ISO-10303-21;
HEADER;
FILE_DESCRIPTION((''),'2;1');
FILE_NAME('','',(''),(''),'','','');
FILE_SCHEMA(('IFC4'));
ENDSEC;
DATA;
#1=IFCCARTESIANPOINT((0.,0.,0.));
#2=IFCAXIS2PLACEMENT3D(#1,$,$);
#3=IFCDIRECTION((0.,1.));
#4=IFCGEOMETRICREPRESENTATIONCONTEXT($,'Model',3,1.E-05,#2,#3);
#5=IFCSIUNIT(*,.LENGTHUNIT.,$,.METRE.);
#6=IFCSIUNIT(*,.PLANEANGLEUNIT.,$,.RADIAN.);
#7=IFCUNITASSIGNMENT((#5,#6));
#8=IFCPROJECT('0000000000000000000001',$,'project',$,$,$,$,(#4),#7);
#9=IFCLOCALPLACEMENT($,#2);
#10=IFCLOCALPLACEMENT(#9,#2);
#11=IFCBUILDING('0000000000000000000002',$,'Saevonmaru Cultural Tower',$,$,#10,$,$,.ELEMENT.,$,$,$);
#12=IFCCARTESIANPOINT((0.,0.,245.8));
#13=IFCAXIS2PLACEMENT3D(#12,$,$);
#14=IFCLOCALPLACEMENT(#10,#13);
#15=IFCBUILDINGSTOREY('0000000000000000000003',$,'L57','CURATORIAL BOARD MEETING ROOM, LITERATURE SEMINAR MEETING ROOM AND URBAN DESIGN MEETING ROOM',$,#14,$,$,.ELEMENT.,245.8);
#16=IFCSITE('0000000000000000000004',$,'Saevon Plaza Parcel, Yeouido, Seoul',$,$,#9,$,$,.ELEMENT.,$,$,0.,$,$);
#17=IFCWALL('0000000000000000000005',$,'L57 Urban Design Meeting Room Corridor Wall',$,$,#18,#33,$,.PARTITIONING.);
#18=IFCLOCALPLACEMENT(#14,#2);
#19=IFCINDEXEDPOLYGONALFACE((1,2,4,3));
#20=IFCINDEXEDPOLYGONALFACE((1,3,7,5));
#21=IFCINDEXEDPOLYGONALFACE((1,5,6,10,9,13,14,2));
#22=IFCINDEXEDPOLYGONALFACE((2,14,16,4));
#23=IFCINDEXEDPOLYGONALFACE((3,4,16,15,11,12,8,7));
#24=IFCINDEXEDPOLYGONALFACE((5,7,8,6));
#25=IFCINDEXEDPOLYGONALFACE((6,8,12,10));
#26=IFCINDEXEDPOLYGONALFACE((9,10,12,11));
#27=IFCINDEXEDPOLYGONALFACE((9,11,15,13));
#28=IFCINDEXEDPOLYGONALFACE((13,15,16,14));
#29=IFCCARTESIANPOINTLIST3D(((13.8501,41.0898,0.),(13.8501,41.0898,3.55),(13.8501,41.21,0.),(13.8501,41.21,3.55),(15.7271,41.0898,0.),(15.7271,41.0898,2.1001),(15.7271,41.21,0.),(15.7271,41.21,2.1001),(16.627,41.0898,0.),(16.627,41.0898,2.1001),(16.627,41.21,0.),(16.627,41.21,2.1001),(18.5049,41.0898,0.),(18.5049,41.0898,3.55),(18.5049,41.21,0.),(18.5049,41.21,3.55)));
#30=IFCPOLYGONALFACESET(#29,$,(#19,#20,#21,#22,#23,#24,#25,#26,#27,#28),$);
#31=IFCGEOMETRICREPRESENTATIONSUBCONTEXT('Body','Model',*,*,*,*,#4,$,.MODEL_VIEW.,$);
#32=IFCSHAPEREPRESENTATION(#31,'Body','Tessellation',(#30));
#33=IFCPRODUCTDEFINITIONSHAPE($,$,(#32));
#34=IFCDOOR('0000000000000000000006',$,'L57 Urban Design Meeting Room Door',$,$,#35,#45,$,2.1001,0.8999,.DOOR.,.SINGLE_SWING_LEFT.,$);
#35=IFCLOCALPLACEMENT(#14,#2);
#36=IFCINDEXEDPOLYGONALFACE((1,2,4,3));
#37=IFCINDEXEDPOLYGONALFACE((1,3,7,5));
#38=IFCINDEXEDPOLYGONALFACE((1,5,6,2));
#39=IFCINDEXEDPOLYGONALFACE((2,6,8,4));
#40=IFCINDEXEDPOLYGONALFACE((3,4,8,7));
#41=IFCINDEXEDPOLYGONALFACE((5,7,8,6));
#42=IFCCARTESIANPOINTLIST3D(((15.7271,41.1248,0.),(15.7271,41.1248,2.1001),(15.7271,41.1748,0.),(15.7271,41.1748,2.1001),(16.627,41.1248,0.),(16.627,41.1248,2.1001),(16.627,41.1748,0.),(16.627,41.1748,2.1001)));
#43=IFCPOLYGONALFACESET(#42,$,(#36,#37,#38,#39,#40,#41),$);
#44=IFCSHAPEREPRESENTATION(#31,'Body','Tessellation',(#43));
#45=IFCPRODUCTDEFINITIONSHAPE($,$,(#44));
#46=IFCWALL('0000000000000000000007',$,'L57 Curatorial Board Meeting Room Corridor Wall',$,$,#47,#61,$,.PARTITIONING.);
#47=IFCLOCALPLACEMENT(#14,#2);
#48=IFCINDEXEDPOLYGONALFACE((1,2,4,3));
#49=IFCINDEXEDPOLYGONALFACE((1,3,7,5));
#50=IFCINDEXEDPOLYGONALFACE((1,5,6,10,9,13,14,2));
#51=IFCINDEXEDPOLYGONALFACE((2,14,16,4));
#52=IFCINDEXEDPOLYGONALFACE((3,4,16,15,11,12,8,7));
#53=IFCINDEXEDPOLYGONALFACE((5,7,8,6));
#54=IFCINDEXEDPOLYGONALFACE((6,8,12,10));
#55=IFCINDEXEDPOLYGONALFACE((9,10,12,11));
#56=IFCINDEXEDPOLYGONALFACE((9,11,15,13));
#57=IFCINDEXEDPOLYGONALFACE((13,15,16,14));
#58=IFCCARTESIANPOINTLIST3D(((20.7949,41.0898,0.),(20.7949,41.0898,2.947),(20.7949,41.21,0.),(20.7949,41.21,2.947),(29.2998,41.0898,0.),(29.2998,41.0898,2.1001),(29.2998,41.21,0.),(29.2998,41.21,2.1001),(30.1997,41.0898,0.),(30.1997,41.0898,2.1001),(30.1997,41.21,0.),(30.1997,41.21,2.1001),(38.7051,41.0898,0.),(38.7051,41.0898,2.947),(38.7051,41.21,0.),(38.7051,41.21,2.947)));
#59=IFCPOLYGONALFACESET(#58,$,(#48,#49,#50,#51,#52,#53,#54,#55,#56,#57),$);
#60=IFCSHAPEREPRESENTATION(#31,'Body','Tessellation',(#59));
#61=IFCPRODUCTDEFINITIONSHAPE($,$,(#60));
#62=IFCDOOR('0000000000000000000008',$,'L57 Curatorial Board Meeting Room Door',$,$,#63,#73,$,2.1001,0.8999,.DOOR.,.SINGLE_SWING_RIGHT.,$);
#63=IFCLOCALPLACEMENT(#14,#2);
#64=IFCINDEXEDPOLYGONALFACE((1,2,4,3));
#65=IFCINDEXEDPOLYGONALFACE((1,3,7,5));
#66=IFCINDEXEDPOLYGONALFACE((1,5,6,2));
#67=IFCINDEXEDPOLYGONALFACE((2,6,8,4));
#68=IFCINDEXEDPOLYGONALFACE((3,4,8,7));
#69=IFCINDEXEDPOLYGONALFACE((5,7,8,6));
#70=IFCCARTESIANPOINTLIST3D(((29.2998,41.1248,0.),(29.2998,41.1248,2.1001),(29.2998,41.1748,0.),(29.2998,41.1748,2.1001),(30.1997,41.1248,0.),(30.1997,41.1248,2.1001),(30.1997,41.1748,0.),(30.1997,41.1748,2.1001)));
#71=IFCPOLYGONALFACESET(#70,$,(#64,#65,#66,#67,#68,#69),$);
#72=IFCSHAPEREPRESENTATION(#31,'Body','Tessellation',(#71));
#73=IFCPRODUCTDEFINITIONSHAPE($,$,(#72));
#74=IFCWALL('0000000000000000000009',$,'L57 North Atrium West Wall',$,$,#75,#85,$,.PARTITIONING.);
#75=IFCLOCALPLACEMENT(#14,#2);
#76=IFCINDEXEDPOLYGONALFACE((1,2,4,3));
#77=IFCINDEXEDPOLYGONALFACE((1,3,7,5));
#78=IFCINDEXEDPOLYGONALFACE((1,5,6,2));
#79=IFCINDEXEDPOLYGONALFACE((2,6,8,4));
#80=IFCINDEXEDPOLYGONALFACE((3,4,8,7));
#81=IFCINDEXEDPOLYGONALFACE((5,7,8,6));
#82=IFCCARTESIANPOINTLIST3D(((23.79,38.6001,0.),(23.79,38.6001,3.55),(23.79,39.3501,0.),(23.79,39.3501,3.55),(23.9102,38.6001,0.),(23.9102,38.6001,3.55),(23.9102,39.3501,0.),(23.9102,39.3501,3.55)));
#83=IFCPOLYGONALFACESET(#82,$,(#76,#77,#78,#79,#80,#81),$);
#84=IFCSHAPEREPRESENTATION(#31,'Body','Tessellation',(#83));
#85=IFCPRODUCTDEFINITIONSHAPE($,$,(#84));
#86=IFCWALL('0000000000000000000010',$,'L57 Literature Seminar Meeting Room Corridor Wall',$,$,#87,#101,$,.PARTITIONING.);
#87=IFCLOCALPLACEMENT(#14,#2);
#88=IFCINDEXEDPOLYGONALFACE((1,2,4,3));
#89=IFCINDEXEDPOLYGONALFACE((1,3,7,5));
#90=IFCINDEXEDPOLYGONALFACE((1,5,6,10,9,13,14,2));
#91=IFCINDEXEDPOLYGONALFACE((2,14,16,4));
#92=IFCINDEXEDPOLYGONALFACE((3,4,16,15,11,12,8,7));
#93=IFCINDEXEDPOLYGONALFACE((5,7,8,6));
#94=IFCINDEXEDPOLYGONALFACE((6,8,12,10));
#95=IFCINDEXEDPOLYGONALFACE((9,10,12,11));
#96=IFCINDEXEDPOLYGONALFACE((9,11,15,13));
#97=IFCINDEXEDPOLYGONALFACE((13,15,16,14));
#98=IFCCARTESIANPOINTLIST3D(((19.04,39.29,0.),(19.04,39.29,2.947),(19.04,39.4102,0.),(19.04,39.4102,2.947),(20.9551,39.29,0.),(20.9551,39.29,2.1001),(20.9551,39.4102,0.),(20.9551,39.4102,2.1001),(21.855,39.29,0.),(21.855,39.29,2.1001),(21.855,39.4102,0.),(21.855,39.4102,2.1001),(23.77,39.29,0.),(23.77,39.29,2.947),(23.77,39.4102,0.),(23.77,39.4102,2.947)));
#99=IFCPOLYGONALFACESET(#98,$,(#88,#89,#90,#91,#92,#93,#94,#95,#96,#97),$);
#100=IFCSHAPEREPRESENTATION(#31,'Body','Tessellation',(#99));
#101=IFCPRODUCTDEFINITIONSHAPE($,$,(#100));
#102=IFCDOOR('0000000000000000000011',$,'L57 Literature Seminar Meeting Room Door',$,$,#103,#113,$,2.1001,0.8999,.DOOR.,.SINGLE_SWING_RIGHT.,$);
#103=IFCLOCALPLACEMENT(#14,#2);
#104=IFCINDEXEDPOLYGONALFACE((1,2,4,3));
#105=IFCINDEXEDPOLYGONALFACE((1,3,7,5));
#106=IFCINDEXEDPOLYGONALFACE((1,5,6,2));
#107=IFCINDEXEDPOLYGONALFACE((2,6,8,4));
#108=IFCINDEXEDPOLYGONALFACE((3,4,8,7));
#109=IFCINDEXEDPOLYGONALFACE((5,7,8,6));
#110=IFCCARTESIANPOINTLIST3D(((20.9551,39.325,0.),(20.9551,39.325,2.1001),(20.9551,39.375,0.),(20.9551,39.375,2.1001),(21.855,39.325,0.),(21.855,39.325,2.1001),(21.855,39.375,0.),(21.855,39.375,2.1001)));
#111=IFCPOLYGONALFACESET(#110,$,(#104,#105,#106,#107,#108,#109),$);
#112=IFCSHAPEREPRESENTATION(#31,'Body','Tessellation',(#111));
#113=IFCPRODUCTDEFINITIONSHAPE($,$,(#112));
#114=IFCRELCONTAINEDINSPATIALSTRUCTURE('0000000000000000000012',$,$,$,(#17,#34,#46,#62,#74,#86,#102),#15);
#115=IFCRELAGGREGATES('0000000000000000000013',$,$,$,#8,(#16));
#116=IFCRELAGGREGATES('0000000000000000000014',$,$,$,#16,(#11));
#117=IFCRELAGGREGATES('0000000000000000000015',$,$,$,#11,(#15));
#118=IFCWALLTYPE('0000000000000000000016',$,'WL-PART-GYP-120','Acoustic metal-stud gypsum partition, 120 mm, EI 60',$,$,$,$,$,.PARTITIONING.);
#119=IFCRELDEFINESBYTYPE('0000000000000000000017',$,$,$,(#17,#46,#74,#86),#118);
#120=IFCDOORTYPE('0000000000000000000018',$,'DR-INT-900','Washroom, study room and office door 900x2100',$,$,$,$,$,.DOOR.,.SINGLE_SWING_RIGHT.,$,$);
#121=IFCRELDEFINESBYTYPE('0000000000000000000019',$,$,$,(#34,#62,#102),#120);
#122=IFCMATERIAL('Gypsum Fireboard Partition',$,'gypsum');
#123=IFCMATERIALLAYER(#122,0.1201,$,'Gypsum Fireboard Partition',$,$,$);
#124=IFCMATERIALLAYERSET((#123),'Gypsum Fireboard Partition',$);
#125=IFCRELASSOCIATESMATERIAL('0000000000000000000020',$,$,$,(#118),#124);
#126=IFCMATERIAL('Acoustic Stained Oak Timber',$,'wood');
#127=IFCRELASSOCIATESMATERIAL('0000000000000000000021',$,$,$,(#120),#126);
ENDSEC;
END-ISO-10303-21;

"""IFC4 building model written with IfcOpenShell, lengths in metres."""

from ifc_helpers import new_model, si_unit, direction, frame, frame_2d, origin, place, context, subcontext, project, spatial, rectangle, extrude, material, layer, layer_set, type_object, element, fill, save


model = new_model("IFC4")

# Units and contexts
model_context = context("Model", 3, precision=1e-05, world=origin(), true_north=direction((0.0, 1.0)))
body_context = subcontext(model_context, "Body", "Model", "MODEL_VIEW")
ifc_project = project(units=[si_unit("LENGTHUNIT", "METRE"), si_unit("PLANEANGLEUNIT", "RADIAN")], contexts=[model_context])

# Site, building, storey
site_placement = place(None, origin())
site = spatial("IfcSite", under=ifc_project, at=site_placement, Name="Saevon Plaza Parcel, Yeouido, Seoul", CompositionType="ELEMENT", RefElevation=0.0)
building_placement = place(site_placement, origin())
building = spatial("IfcBuilding", under=site, at=building_placement, Name="Saevonmaru Cultural Tower", CompositionType="ELEMENT")
storey_placement = place(building_placement, frame((0.0, 0.0, 245.8)))
storey = spatial("IfcBuildingStorey", under=building, at=storey_placement, Name="L57", Description="CURATORIAL BOARD MEETING ROOM, LITERATURE SEMINAR MEETING ROOM AND URBAN DESIGN MEETING ROOM", CompositionType="ELEMENT", Elevation=245.8)

# Shared definitions
ifc_material_1 = material(Name="Gypsum Fireboard Partition", Category="gypsum")

# Walls, openings, doors
ifc_layer_1 = layer(ifc_material_1, 0.1201, Name="Gypsum Fireboard Partition")
ifc_layer_set_1 = layer_set([ifc_layer_1], Name="Gypsum Fireboard Partition")
wall_type_1 = type_object("IfcWallType", Name="WL-PART-GYP-120", Description="Acoustic metal-stud gypsum partition, 120 mm, EI 60", PredefinedType="PARTITIONING", material=ifc_layer_set_1)
wall_1_placement = place(storey_placement, frame((13.8501, 41.1499, 0.0), z_axis=(0.0, 0.0, 1.0), x_axis=(1.0, 0.0, 0.0)))
wall_1 = element("IfcWall", 1, at=wall_1_placement, inside=storey, type_object=wall_type_1, Name="L57 Urban Design Meeting Room Corridor Wall", PredefinedType="PARTITIONING", context=body_context, shape_type="SweptSolid", body=[
    extrude(rectangle(XDim=4.6548, YDim=0.1201, at=frame_2d((2.3274, 0.0))), origin(), (0.0, 0.0, 1.0), 3.55),
])
opening_1_placement = place(wall_1_placement, frame((1.877, 0.0, 0.0)))
opening_1 = element("IfcOpeningElement", 2, at=opening_1_placement, cuts=wall_1, PredefinedType="OPENING", context=body_context, shape_type="SweptSolid", body=[
    extrude(rectangle(XDim=0.8999, YDim=2.1001, at=frame_2d((0.45, 1.05))), frame((0.0, 0.0701, 0.0), z_axis=(0.0, -1.0, 0.0), x_axis=(1.0, 0.0, 0.0)), (0.0, 0.0, 1.0), 0.1401),
])
ifc_material_2 = material(Name="Acoustic Stained Oak Timber", Category="wood")
door_type = type_object("IfcDoorType", Name="DR-INT-900", Description="Washroom, study room and office door 900x2100", OperationType="SINGLE_SWING_RIGHT", PredefinedType="DOOR", material=ifc_material_2)
door_1_placement = place(opening_1_placement, origin())
door_1 = element("IfcDoor", 3, at=door_1_placement, inside=storey, type_object=door_type, Name="L57 Urban Design Meeting Room Door", OperationType="SINGLE_SWING_LEFT", OverallHeight=2.1001, OverallWidth=0.8999, PredefinedType="DOOR", context=body_context, shape_type="SweptSolid", body=[
    extrude(rectangle(XDim=0.8999, YDim=2.1001, at=frame_2d((0.45, 1.05))), frame((0.0, 0.0249, 0.0), z_axis=(0.0, -1.0, 0.0), x_axis=(1.0, 0.0, 0.0)), (0.0, 0.0, 1.0), 0.05),
])
fill(opening_1, door_1)
wall_2_placement = place(storey_placement, frame((20.7949, 41.1499, 0.0), z_axis=(0.0, 0.0, 1.0), x_axis=(1.0, 0.0, 0.0)))
wall_2 = element("IfcWall", 4, at=wall_2_placement, inside=storey, type_object=wall_type_1, Name="L57 Curatorial Board Meeting Room Corridor Wall", PredefinedType="PARTITIONING", context=body_context, shape_type="SweptSolid", body=[
    extrude(rectangle(XDim=17.9102, YDim=0.1201, at=frame_2d((8.9551, 0.0))), origin(), (0.0, 0.0, 1.0), 2.947),
])
opening_2_placement = place(wall_2_placement, frame((8.5049, 0.0, 0.0)))
opening_2 = element("IfcOpeningElement", 5, at=opening_2_placement, cuts=wall_2, PredefinedType="OPENING", context=body_context, shape_type="SweptSolid", body=[
    extrude(rectangle(XDim=0.8999, YDim=2.1001, at=frame_2d((0.45, 1.05))), frame((0.0, 0.0701, 0.0), z_axis=(0.0, -1.0, 0.0), x_axis=(1.0, 0.0, 0.0)), (0.0, 0.0, 1.0), 0.1401),
])
door_2_placement = place(opening_2_placement, origin())
door_2 = element("IfcDoor", 6, at=door_2_placement, inside=storey, type_object=door_type, Name="L57 Curatorial Board Meeting Room Door", OperationType="SINGLE_SWING_RIGHT", OverallHeight=2.1001, OverallWidth=0.8999, PredefinedType="DOOR", context=body_context, shape_type="SweptSolid", body=[
    extrude(rectangle(XDim=0.8999, YDim=2.1001, at=frame_2d((0.45, 1.05))), frame((0.0, 0.0249, 0.0), z_axis=(0.0, -1.0, 0.0), x_axis=(1.0, 0.0, 0.0)), (0.0, 0.0, 1.0), 0.05),
])
fill(opening_2, door_2)

# Wall
wall_3_placement = place(storey_placement, frame((23.8501, 38.6001, 0.0), z_axis=(0.0, 0.0, 1.0), x_axis=(0.0, 1.0, 0.0)))
element("IfcWall", 7, at=wall_3_placement, inside=storey, type_object=wall_type_1, Name="L57 North Atrium West Wall", PredefinedType="PARTITIONING", context=body_context, shape_type="SweptSolid", body=[
    extrude(rectangle(XDim=0.75, YDim=0.1201, at=frame_2d((0.375, 0.0))), origin(), (0.0, 0.0, 1.0), 3.55),
])

# Wall, opening, door
wall_4_placement = place(storey_placement, frame((19.04, 39.3501, 0.0), z_axis=(0.0, 0.0, 1.0), x_axis=(1.0, 0.0, 0.0)))
wall_4 = element("IfcWall", 8, at=wall_4_placement, inside=storey, type_object=wall_type_1, Name="L57 Literature Seminar Meeting Room Corridor Wall", PredefinedType="PARTITIONING", context=body_context, shape_type="SweptSolid", body=[
    extrude(rectangle(XDim=4.73, YDim=0.1201, at=frame_2d((2.365, 0.0))), origin(), (0.0, 0.0, 1.0), 2.947),
])
opening_3_placement = place(wall_4_placement, frame((1.915, 0.0, 0.0)))
opening_3 = element("IfcOpeningElement", 9, at=opening_3_placement, cuts=wall_4, PredefinedType="OPENING", context=body_context, shape_type="SweptSolid", body=[
    extrude(rectangle(XDim=0.8999, YDim=2.1001, at=frame_2d((0.45, 1.05))), frame((0.0, 0.0701, 0.0), z_axis=(0.0, -1.0, 0.0), x_axis=(1.0, 0.0, 0.0)), (0.0, 0.0, 1.0), 0.1401),
])
door_3_placement = place(opening_3_placement, origin())
door_3 = element("IfcDoor", 10, at=door_3_placement, inside=storey, type_object=door_type, Name="L57 Literature Seminar Meeting Room Door", OperationType="SINGLE_SWING_RIGHT", OverallHeight=2.1001, OverallWidth=0.8999, PredefinedType="DOOR", context=body_context, shape_type="SweptSolid", body=[
    extrude(rectangle(XDim=0.8999, YDim=2.1001, at=frame_2d((0.45, 1.05))), frame((0.0, 0.0249, 0.0), z_axis=(0.0, -1.0, 0.0), x_axis=(1.0, 0.0, 0.0)), (0.0, 0.0, 1.0), 0.05),
])
fill(opening_3, door_3)

save(model, "model.ifc")
